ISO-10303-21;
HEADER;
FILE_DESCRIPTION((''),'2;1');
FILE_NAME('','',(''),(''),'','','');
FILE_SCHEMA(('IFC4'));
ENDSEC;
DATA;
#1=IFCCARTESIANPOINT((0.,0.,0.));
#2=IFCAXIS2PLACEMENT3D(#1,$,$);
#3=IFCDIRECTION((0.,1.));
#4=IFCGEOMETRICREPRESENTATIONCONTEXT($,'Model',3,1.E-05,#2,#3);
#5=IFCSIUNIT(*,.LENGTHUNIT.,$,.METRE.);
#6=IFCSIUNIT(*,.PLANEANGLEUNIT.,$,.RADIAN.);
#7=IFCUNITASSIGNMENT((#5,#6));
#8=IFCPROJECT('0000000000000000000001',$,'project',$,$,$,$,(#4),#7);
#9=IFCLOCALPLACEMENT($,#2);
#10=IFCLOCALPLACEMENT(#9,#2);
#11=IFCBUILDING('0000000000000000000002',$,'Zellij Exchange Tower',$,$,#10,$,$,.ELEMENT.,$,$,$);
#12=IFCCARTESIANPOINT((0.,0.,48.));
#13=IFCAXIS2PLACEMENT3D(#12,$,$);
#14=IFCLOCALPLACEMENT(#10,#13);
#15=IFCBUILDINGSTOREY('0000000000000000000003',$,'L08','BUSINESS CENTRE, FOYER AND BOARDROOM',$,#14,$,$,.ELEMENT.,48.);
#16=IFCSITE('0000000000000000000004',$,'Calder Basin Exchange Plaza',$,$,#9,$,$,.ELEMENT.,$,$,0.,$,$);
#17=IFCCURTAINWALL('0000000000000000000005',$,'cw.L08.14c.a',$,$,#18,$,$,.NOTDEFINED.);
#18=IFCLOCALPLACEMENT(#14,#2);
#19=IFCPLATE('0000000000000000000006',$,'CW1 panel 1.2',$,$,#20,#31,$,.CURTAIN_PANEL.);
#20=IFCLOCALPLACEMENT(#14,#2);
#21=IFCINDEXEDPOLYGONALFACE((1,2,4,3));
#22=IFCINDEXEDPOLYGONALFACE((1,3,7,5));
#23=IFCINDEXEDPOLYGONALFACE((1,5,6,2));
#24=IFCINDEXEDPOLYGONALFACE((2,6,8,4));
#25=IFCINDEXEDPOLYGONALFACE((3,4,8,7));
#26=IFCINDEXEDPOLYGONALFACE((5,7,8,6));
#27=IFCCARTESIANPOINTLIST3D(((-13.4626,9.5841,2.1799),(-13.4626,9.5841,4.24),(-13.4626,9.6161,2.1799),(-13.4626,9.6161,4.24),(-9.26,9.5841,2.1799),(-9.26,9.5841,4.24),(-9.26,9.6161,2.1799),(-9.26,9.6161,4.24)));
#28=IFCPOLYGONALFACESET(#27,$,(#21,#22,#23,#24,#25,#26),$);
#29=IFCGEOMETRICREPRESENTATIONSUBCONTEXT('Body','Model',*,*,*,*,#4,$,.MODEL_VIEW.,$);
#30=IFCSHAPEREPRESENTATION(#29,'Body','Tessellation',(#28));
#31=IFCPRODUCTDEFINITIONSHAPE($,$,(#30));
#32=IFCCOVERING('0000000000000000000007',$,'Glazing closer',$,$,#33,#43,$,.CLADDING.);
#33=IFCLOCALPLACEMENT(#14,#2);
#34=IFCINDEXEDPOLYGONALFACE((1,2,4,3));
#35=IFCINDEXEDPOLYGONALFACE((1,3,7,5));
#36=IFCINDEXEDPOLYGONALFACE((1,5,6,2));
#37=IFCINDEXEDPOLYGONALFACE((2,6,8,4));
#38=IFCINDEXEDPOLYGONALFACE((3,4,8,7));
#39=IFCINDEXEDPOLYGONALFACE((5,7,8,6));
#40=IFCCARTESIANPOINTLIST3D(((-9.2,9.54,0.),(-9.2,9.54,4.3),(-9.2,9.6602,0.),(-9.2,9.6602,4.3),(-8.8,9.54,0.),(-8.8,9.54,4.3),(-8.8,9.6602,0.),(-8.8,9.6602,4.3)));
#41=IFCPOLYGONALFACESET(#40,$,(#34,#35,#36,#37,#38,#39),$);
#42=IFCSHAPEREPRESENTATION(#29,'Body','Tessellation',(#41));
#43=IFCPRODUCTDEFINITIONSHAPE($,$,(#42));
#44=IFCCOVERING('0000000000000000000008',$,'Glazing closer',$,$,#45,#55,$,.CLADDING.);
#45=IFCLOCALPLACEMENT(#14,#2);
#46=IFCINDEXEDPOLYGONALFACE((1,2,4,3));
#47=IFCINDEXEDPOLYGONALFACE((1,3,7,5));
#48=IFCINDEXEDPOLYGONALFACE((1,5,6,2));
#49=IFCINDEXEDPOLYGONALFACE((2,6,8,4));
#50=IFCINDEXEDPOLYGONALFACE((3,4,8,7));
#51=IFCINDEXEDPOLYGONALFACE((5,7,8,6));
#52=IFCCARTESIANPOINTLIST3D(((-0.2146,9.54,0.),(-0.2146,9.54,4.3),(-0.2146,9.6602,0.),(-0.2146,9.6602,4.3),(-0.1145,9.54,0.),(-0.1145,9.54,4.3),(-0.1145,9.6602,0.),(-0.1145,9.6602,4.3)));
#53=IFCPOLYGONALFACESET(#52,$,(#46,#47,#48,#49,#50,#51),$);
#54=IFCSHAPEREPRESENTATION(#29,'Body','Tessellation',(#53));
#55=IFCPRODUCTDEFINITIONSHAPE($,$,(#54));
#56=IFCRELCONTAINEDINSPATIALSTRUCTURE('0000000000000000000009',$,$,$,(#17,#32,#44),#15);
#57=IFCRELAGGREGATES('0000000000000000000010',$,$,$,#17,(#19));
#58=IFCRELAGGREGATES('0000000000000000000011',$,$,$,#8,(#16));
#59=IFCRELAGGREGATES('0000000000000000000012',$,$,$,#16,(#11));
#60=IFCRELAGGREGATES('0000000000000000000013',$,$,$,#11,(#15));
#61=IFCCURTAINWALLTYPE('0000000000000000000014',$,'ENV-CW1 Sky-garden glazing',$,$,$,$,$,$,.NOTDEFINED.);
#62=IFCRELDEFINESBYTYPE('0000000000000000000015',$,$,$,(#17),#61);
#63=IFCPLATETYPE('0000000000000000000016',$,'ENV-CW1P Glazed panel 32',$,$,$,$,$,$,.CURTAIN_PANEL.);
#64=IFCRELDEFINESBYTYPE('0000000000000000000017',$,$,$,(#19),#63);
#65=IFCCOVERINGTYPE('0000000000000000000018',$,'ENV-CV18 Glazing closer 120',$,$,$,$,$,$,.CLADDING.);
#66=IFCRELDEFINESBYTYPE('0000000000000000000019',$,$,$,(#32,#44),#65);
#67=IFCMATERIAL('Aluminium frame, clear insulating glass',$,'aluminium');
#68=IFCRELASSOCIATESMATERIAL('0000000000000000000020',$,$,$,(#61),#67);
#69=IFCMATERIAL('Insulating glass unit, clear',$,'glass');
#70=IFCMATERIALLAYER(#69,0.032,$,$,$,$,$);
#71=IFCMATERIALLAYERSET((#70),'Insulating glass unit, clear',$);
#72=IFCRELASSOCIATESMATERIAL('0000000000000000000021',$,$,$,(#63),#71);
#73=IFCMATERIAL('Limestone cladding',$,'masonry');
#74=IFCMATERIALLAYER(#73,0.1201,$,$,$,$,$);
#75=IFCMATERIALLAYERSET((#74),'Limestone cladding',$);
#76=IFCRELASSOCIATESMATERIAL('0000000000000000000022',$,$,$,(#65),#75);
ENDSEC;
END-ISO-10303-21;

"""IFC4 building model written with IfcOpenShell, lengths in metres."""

from ifc_helpers import new_model, si_unit, direction, frame, origin, origin_2d, place, context, subcontext, project, spatial, rectangle, extrude, material, layer, layer_set, type_object, element, aggregate, save


model = new_model("IFC4")

# Units and contexts
model_context = context("Model", 3, precision=1e-05, world=origin(), true_north=direction((0.0, 1.0)))
body_context = subcontext(model_context, "Body", "Model", "MODEL_VIEW")
ifc_project = project(units=[si_unit("LENGTHUNIT", "METRE"), si_unit("PLANEANGLEUNIT", "RADIAN")], contexts=[model_context])

# Site, building, storey
site_placement = place(None, origin())
site = spatial("IfcSite", under=ifc_project, at=site_placement, Name="Calder Basin Exchange Plaza", CompositionType="ELEMENT", RefElevation=0.0)
building_placement = place(site_placement, origin())
building = spatial("IfcBuilding", under=site, at=building_placement, Name="Zellij Exchange Tower", CompositionType="ELEMENT")
storey_placement = place(building_placement, frame((0.0, 0.0, 48.0)))
storey = spatial("IfcBuildingStorey", under=building, at=storey_placement, Name="L08", Description="BUSINESS CENTRE, FOYER AND BOARDROOM", CompositionType="ELEMENT", Elevation=48.0)

# Curtain wall
ifc_material_1 = material(Name="Aluminium frame, clear insulating glass", Category="aluminium")
curtain_wall_type = type_object("IfcCurtainWallType", Name="ENV-CW1 Sky-garden glazing", PredefinedType="NOTDEFINED", material=ifc_material_1)
curtain_wall_1_placement = place(storey_placement, origin())
curtain_wall_1 = element("IfcCurtainWall", 1, at=curtain_wall_1_placement, inside=storey, type_object=curtain_wall_type, Name="cw.L08.14c.a", PredefinedType="NOTDEFINED")

# Plate
ifc_material_2 = material(Name="Insulating glass unit, clear", Category="glass")
ifc_layer_1 = layer(ifc_material_2, 0.032)
ifc_layer_set_1 = layer_set([ifc_layer_1], Name="Insulating glass unit, clear")
plate_type = type_object("IfcPlateType", Name="ENV-CW1P Glazed panel 32", PredefinedType="CURTAIN_PANEL", material=ifc_layer_set_1)
plate_1_placement = place(storey_placement, frame((-11.3613, 9.6001, 2.1799), z_axis=(0.0, 0.0, 1.0), x_axis=(-1.0, 0.0, 0.0)))
plate_1 = element("IfcPlate", 2, at=plate_1_placement, type_object=plate_type, Name="CW1 panel 1.2", PredefinedType="CURTAIN_PANEL", context=body_context, shape_type="SweptSolid", body=[
    extrude(rectangle(XDim=4.2026, YDim=0.032, at=origin_2d()), origin(), (0.0, 0.0, 1.0), 2.0601),
])
aggregate(curtain_wall_1, [plate_1])

# Coverings
ifc_material_3 = material(Name="Limestone cladding", Category="masonry")
ifc_layer_2 = layer(ifc_material_3, 0.1201)
ifc_layer_set_2 = layer_set([ifc_layer_2], Name="Limestone cladding")
covering_type = type_object("IfcCoveringType", Name="ENV-CV18 Glazing closer 120", PredefinedType="CLADDING", material=ifc_layer_set_2)
covering_1_placement = place(storey_placement, frame((-9.0, 9.6001, 0.0), z_axis=(0.0, 0.0, 1.0), x_axis=(-1.0, 0.0, 0.0)))
element("IfcCovering", 3, at=covering_1_placement, inside=storey, type_object=covering_type, Name="Glazing closer", PredefinedType="CLADDING", context=body_context, shape_type="SweptSolid", body=[
    extrude(rectangle(XDim=0.3999, YDim=0.1201, at=origin_2d()), origin(), (0.0, 0.0, 1.0), 4.3),
])
covering_2_placement = place(storey_placement, frame((-0.1646, 9.6001, 0.0), z_axis=(0.0, 0.0, 1.0), x_axis=(-1.0, 0.0, 0.0)))
element("IfcCovering", 4, at=covering_2_placement, inside=storey, type_object=covering_type, Name="Glazing closer", PredefinedType="CLADDING", context=body_context, shape_type="SweptSolid", body=[
    extrude(rectangle(XDim=0.1001, YDim=0.1201, at=origin_2d()), origin(), (0.0, 0.0, 1.0), 4.3),
])

save(model, "model.ifc")
